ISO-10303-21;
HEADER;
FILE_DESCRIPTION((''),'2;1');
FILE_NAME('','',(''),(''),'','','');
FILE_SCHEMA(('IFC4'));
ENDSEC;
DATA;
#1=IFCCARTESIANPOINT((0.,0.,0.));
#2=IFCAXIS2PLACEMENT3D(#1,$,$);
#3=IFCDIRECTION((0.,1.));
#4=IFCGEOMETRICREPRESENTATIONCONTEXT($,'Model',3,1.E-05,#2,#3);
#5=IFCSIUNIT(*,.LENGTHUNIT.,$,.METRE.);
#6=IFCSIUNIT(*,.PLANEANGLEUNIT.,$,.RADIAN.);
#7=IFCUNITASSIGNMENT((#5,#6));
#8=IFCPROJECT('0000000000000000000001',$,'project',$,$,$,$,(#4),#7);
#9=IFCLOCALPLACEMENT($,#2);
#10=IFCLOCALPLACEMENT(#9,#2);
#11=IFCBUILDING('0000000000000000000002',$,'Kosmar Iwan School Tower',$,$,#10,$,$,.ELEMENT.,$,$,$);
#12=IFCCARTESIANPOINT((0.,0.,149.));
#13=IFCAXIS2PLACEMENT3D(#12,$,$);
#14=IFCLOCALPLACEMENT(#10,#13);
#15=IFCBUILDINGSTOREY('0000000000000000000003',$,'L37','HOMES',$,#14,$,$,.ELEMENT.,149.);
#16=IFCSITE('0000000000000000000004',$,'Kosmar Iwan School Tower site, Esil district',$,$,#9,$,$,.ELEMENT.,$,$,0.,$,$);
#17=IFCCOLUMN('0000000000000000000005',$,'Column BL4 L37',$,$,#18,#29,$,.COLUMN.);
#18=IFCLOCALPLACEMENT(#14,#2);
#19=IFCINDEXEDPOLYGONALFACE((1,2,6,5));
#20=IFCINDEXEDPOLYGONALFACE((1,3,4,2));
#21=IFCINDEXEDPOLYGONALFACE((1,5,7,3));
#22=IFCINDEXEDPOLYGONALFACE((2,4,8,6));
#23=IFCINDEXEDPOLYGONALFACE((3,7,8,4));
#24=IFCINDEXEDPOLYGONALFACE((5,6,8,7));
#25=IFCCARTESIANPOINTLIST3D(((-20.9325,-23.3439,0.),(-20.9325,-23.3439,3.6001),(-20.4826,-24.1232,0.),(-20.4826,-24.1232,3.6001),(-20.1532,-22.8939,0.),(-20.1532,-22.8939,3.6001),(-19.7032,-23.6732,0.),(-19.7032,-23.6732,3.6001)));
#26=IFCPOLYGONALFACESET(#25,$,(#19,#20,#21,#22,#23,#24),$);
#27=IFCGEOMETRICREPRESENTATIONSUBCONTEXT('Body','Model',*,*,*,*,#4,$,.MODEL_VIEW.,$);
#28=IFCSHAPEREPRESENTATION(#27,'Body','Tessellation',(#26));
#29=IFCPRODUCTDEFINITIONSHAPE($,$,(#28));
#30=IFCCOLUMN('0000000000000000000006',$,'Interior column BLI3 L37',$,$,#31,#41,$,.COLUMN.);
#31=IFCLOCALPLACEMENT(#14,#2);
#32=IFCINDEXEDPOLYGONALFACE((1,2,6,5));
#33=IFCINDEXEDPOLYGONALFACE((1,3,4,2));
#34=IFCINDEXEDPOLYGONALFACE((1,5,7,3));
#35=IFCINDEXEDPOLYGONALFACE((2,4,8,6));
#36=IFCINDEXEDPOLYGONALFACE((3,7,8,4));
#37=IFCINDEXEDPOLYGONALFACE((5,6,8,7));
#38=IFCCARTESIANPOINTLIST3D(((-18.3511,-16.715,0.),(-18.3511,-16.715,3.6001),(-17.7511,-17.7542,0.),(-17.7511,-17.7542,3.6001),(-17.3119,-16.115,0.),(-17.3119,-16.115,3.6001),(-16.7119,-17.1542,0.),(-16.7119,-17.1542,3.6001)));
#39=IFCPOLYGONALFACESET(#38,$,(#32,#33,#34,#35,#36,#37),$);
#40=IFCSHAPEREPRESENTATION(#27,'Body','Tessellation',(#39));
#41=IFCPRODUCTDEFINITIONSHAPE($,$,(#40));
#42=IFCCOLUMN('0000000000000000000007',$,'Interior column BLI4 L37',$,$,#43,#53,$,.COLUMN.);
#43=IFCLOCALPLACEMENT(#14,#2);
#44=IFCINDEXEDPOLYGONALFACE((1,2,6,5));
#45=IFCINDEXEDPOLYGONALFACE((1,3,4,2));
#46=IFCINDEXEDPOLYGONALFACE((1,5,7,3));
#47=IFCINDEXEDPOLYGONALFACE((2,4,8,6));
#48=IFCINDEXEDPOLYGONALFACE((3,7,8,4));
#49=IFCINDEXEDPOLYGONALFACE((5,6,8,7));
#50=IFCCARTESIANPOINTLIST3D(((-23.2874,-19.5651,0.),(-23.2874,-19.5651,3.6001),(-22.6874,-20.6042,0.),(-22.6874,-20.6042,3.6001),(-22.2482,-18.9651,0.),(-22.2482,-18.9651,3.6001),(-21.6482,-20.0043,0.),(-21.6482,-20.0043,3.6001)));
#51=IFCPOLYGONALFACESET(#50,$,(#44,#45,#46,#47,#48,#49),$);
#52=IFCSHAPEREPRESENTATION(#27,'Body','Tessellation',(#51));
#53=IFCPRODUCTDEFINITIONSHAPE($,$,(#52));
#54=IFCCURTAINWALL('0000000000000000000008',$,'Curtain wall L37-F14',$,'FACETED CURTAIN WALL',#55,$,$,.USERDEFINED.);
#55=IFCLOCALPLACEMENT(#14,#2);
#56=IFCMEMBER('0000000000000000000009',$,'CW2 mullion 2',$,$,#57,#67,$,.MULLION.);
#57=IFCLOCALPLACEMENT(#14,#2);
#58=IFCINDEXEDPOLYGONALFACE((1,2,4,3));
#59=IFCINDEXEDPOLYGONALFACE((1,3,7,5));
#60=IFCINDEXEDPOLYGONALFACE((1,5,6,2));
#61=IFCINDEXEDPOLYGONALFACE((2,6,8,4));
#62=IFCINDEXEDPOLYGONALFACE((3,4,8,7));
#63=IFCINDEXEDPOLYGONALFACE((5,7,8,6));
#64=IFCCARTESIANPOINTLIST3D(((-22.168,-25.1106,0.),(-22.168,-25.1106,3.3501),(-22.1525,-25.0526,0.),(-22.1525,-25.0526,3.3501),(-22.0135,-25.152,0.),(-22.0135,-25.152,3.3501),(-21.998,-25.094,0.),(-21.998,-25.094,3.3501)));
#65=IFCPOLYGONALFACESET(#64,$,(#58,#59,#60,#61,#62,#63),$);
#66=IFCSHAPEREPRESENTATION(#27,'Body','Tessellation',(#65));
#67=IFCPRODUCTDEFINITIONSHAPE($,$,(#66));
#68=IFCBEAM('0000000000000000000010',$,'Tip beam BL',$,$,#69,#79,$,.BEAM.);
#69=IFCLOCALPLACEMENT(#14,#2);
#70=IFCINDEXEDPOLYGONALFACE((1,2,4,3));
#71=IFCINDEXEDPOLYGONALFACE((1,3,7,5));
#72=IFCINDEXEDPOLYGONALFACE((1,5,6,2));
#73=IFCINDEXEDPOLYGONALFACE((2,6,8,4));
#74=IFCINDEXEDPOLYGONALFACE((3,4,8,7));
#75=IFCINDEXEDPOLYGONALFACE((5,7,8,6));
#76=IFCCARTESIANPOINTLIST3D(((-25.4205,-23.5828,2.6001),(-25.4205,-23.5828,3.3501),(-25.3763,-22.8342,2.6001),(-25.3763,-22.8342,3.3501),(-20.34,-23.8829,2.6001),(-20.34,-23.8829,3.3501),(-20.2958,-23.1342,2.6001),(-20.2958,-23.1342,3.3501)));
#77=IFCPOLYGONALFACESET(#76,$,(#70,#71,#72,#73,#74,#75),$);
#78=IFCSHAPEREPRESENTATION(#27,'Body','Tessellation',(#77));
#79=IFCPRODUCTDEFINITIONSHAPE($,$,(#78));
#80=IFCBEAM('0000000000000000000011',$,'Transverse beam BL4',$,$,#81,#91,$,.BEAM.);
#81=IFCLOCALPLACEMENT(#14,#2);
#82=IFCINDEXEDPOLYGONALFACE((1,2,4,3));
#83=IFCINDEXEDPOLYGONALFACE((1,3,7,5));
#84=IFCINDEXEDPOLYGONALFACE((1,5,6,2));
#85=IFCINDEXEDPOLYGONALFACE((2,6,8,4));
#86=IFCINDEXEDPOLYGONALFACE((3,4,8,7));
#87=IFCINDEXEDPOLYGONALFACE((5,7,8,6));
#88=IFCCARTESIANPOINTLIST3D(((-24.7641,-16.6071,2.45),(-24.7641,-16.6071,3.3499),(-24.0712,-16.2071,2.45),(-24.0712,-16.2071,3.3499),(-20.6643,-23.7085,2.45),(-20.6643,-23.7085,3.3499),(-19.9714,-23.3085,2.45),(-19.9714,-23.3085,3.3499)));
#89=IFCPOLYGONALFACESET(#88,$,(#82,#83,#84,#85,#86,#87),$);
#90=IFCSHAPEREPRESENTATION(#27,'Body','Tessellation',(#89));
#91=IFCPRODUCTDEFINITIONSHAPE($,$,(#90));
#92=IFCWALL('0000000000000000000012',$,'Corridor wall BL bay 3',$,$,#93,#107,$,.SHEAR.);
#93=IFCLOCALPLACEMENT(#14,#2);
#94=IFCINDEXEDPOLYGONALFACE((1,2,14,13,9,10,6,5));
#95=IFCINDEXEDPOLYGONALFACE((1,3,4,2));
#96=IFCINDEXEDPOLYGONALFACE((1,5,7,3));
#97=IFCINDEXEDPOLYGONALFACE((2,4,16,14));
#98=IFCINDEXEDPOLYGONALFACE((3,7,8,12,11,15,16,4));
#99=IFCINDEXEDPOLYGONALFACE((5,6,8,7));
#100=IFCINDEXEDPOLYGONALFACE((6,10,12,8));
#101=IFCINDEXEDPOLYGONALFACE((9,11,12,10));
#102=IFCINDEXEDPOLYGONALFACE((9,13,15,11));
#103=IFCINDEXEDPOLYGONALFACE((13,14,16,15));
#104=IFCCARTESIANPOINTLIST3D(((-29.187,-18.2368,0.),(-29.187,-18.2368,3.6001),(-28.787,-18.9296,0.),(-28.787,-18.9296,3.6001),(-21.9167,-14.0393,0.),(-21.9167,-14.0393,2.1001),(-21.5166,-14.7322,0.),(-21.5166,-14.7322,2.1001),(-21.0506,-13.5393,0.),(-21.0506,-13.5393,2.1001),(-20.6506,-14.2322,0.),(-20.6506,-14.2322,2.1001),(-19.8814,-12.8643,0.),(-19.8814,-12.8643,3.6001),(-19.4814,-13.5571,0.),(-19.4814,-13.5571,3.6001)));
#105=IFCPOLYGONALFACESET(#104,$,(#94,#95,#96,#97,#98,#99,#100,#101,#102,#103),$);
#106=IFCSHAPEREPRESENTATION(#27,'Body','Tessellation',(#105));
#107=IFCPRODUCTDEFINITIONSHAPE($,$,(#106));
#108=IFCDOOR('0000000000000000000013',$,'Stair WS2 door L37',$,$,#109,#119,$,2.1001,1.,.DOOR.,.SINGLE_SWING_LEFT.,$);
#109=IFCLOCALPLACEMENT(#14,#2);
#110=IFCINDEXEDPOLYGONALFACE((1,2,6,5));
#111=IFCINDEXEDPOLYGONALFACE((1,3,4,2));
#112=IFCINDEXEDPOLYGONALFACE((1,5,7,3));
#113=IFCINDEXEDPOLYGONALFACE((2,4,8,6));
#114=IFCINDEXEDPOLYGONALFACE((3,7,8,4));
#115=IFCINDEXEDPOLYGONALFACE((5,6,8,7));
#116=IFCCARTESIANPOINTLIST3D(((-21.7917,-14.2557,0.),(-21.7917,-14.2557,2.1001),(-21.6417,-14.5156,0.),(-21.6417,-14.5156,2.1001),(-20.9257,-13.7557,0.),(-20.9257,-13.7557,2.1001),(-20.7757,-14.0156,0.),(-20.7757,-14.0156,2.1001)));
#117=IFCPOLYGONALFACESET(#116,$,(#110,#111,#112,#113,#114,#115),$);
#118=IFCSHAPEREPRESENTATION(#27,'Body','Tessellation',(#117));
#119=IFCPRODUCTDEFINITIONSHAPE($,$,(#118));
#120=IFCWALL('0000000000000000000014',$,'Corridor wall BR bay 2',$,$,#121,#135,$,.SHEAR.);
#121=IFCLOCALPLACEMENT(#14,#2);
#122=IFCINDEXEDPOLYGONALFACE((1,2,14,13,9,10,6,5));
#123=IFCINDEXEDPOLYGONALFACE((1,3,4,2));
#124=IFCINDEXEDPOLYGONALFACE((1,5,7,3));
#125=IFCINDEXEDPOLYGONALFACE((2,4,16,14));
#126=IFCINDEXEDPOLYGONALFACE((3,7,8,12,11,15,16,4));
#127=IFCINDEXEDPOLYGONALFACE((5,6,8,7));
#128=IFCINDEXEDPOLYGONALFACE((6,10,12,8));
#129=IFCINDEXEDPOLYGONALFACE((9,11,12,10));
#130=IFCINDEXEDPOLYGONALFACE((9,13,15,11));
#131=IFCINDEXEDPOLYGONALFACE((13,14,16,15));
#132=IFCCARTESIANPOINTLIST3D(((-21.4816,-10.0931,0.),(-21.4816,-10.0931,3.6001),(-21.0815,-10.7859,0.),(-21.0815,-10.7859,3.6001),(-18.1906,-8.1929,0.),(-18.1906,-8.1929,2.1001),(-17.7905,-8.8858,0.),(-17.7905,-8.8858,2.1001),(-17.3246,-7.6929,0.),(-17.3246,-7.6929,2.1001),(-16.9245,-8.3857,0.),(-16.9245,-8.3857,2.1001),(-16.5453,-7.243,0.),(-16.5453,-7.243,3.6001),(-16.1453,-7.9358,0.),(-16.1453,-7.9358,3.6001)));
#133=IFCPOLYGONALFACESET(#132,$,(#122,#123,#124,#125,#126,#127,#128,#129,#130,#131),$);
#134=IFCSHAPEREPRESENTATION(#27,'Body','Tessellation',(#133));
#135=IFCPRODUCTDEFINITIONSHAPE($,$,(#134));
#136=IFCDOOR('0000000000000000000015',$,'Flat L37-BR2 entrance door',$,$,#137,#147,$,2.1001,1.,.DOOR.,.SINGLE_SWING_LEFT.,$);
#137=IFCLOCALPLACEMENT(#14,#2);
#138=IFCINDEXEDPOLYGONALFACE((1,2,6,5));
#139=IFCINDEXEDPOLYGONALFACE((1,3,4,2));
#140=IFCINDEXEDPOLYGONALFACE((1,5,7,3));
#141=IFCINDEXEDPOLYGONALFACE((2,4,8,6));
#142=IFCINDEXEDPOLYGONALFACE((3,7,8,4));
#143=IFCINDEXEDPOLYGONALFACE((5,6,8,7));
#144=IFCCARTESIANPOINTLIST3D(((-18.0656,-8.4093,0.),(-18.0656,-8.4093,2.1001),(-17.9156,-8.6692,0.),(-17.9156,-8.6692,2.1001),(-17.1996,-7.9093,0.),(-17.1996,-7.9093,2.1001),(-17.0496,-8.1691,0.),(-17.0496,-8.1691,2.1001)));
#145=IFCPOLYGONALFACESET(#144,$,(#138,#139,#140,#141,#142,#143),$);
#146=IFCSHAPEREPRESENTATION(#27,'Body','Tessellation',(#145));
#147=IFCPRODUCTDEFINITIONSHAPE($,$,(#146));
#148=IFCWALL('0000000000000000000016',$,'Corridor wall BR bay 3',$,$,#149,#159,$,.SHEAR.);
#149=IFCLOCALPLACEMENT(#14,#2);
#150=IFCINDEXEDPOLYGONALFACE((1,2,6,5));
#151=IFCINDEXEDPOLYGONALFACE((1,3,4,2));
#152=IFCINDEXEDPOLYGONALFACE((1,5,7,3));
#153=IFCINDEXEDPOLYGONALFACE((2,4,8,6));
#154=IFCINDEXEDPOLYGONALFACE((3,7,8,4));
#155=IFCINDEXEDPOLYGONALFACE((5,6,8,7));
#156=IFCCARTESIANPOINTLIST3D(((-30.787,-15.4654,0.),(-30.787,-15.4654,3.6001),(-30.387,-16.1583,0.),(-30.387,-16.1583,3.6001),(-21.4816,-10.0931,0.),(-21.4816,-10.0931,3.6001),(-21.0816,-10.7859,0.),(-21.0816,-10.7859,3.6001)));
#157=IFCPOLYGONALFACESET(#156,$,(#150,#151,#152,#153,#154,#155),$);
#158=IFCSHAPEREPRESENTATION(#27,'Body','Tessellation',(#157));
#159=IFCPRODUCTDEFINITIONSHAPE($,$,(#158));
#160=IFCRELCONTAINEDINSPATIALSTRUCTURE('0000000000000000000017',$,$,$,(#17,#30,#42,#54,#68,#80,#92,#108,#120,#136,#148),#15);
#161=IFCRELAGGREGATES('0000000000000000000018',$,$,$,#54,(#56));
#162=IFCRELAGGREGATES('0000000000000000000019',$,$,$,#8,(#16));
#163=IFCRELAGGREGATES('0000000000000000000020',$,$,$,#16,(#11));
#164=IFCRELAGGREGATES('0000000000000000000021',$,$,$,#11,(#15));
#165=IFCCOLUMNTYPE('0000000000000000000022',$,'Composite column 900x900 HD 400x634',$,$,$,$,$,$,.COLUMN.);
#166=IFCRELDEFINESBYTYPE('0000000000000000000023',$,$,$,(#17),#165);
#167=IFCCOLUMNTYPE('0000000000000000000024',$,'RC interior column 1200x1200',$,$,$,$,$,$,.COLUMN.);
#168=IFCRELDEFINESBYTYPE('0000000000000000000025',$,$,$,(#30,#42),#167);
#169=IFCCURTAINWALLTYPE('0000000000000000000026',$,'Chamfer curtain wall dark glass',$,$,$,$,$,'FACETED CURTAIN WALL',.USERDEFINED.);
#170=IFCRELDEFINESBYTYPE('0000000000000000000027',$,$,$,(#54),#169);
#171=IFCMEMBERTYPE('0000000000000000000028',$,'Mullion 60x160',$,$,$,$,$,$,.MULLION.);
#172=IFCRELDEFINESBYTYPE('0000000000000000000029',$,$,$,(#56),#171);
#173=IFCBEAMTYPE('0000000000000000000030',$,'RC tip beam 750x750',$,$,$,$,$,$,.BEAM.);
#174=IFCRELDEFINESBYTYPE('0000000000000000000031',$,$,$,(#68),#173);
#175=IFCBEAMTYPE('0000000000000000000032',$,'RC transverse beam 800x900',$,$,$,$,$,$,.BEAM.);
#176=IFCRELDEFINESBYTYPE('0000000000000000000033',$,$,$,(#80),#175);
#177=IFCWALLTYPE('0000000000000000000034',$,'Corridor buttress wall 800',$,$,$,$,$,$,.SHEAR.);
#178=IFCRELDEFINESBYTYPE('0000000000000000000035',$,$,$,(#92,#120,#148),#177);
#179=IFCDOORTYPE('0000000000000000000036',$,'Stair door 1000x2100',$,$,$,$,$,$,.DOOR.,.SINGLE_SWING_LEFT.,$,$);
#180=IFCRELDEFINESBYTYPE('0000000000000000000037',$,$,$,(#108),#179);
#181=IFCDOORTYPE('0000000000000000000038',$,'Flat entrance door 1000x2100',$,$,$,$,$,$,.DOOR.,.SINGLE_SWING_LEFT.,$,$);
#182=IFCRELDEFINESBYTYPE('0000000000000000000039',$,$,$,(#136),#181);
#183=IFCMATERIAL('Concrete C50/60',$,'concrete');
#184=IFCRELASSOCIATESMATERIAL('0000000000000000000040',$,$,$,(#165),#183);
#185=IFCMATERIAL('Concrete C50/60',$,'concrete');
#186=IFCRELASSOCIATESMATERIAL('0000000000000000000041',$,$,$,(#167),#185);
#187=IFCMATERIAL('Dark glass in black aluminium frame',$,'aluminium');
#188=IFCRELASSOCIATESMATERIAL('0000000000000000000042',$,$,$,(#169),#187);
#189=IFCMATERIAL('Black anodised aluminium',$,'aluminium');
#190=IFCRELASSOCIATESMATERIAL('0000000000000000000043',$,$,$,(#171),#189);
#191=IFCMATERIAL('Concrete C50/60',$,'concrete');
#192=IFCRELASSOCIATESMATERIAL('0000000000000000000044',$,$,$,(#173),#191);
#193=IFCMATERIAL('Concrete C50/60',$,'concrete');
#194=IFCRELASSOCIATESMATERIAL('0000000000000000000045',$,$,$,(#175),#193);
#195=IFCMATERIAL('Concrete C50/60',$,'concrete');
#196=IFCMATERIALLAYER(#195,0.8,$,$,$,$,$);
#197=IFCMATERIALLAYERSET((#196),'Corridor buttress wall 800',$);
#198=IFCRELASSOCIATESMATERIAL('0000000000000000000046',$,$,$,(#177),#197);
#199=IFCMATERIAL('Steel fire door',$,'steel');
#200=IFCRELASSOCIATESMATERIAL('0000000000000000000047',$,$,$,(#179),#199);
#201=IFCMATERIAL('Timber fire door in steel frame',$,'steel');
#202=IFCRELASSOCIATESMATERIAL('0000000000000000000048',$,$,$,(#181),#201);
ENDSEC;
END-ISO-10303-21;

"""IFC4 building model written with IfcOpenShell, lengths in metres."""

from ifc_helpers import new_model, si_unit, direction, frame, frame_2d, origin, origin_2d, place, context, subcontext, project, spatial, rectangle, extrude, material, layer, layer_set, material_profile, profile_set, type_object, element, fill, aggregate, save


model = new_model("IFC4")

# Units and contexts
model_context = context("Model", 3, precision=1e-05, world=origin(), true_north=direction((0.0, 1.0)))
body_context = subcontext(model_context, "Body", "Model", "MODEL_VIEW")
ifc_project = project(units=[si_unit("LENGTHUNIT", "METRE"), si_unit("PLANEANGLEUNIT", "RADIAN")], contexts=[model_context])

# Site, building, storey
site_placement = place(None, origin())
site = spatial("IfcSite", under=ifc_project, at=site_placement, Name="Kosmar Iwan School Tower site, Esil district", CompositionType="ELEMENT", RefElevation=0.0)
building_placement = place(site_placement, origin())
building = spatial("IfcBuilding", under=site, at=building_placement, Name="Kosmar Iwan School Tower", CompositionType="ELEMENT")
storey_placement = place(building_placement, frame((0.0, 0.0, 149.0)))
storey = spatial("IfcBuildingStorey", under=building, at=storey_placement, Name="L37", Description="HOMES", CompositionType="ELEMENT", Elevation=149.0)

# Columns
ifc_material_1 = material(Name="Concrete C50/60", Category="concrete")
ifc_material_profile_1 = material_profile(ifc_material_1, rectangle(XDim=0.8999, YDim=0.8999, at=origin_2d()), Name="RC 900x900 + HD 400x634")
ifc_profile_set_1 = profile_set([ifc_material_profile_1], Name="Concrete C50/60")
column_type_1 = type_object("IfcColumnType", Name="Composite column 900x900 HD 400x634", PredefinedType="COLUMN", material=ifc_profile_set_1)
column_placement = place(storey_placement, frame((-20.3179, -23.5085, 0.0), z_axis=(0.0, 0.0, 1.0), x_axis=(-0.866025, -0.5, 0.0)))
element("IfcColumn", 1, at=column_placement, inside=storey, type_object=column_type_1, Name="Column BL4 L37", PredefinedType="COLUMN", context=body_context, shape_type="SweptSolid", body=[
    extrude(rectangle(XDim=0.8999, YDim=0.8999, at=origin_2d()), origin(), (0.0, 0.0, 1.0), 3.6001),
])
ifc_material_2 = material(Name="Concrete C50/60", Category="concrete")
ifc_material_profile_2 = material_profile(ifc_material_2, rectangle(XDim=1.2, YDim=1.2, at=origin_2d()), Name="RC 1200x1200")
ifc_profile_set_2 = profile_set([ifc_material_profile_2], Name="Concrete C50/60")
column_type_2 = type_object("IfcColumnType", Name="RC interior column 1200x1200", PredefinedType="COLUMN", material=ifc_profile_set_2)
for number, where, z_axis, x_axis, name in (
    (2, (-17.5315, -16.9346, 0.0), (0.0, 0.0, 1.0), (-0.866025, -0.5, 0.0), "Interior column BLI3 L37"),
    (3, (-22.4678, -19.7847, 0.0), (0.0, 0.0, 1.0), (-0.866025, -0.5, 0.0), "Interior column BLI4 L37"),
):
    element("IfcColumn", number, at=place(storey_placement, frame(where, z_axis=z_axis, x_axis=x_axis)), inside=storey, type_object=column_type_2, Name=name, PredefinedType="COLUMN", context=body_context, shape_type="SweptSolid", body=[
        extrude(rectangle(XDim=1.2, YDim=1.2, at=origin_2d()), origin(), (0.0, 0.0, 1.0), 3.6001),
    ])

# Curtain wall, member
ifc_material_3 = material(Name="Dark glass in black aluminium frame", Category="aluminium")
curtain_wall_type = type_object("IfcCurtainWallType", Name="Chamfer curtain wall dark glass", ElementType="FACETED CURTAIN WALL", PredefinedType="USERDEFINED", material=ifc_material_3)
curtain_wall_placement = place(storey_placement, origin())
curtain_wall = element("IfcCurtainWall", 4, at=curtain_wall_placement, inside=storey, type_object=curtain_wall_type, Name="Curtain wall L37-F14", ObjectType="FACETED CURTAIN WALL", PredefinedType="USERDEFINED")
ifc_material_4 = material(Name="Black anodised aluminium", Category="aluminium")
ifc_material_profile_3 = material_profile(ifc_material_4, rectangle(XDim=0.0601, YDim=0.1599, at=origin_2d()), Name="MULLION 60x160")
ifc_profile_set_3 = profile_set([ifc_material_profile_3], Name="Black anodised aluminium")
member_type = type_object("IfcMemberType", Name="Mullion 60x160", PredefinedType="MULLION", material=ifc_profile_set_3)
member_placement = place(storey_placement, frame((-22.083, -25.1023, 0.0), z_axis=(0.0, 0.0, 1.0), x_axis=(0.258819, 0.965926, 0.0)))
member = element("IfcMember", 5, at=member_placement, type_object=member_type, Name="CW2 mullion 2", PredefinedType="MULLION", context=body_context, shape_type="SweptSolid", body=[
    extrude(rectangle(XDim=0.0601, YDim=0.1599, at=origin_2d()), origin(), (0.0, 0.0, 1.0), 3.3501),
])
aggregate(curtain_wall, [member])

# Beams
ifc_material_5 = material(Name="Concrete C50/60", Category="concrete")
ifc_material_profile_4 = material_profile(ifc_material_5, rectangle(XDim=0.75, YDim=0.75, at=origin_2d()), Name="RC 750x750")
ifc_profile_set_4 = profile_set([ifc_material_profile_4], Name="Concrete C50/60")
beam_type_1 = type_object("IfcBeamType", Name="RC tip beam 750x750", PredefinedType="BEAM", material=ifc_profile_set_4)
beam_1_placement = place(storey_placement, frame((-20.3179, -23.5085, 2.9751), z_axis=(-0.998261, 0.058955, 0.0), x_axis=(-0.058955, -0.998261, 0.0)))
element("IfcBeam", 6, at=beam_1_placement, inside=storey, type_object=beam_type_1, Name="Tip beam BL", PredefinedType="BEAM", context=body_context, shape_type="SweptSolid", body=[
    extrude(rectangle(XDim=0.75, YDim=0.75, at=origin_2d()), origin(), (0.0, 0.0, 1.0), 5.0894),
])
ifc_material_6 = material(Name="Concrete C50/60", Category="concrete")
ifc_material_profile_5 = material_profile(ifc_material_6, rectangle(XDim=0.8, YDim=0.8999, at=origin_2d()), Name="RC 800x900")
ifc_profile_set_5 = profile_set([ifc_material_profile_5], Name="Concrete C50/60")
beam_type_2 = type_object("IfcBeamType", Name="RC transverse beam 800x900", PredefinedType="BEAM", material=ifc_profile_set_5)
beam_2_placement = place(storey_placement, frame((-20.3179, -23.5085, 2.8999), z_axis=(-0.499978, 0.866038, 0.0), x_axis=(-0.866038, -0.499978, 0.0)))
element("IfcBeam", 7, at=beam_2_placement, inside=storey, type_object=beam_type_2, Name="Transverse beam BL4", PredefinedType="BEAM", context=body_context, shape_type="SweptSolid", body=[
    extrude(rectangle(XDim=0.8, YDim=0.8999, at=origin_2d()), origin(), (0.0, 0.0, 1.0), 8.2),
])

# Walls, openings, doors
ifc_material_7 = material(Name="Concrete C50/60", Category="concrete")
ifc_layer_1 = layer(ifc_material_7, 0.8)
ifc_layer_set_1 = layer_set([ifc_layer_1], Name="Corridor buttress wall 800")
wall_type_1 = type_object("IfcWallType", Name="Corridor buttress wall 800", PredefinedType="SHEAR", material=ifc_layer_set_1)
wall_1_placement = place(storey_placement, frame((-19.6814, -13.2107, 0.0), z_axis=(0.0, 0.0, 1.0), x_axis=(-0.866028, -0.499995, 0.0)))
wall_1 = element("IfcWall", 8, at=wall_1_placement, inside=storey, type_object=wall_type_1, Name="Corridor wall BL bay 3", PredefinedType="SHEAR", context=body_context, shape_type="SweptSolid", body=[
    extrude(rectangle(XDim=10.7451, YDim=0.8, at=frame_2d((5.3726, 0.0))), origin(), (0.0, 0.0, 1.0), 3.6001),
])
opening_1_placement = place(wall_1_placement, frame((1.3501, 0.0, 0.0)))
opening_1 = element("IfcOpeningElement", 9, at=opening_1_placement, cuts=wall_1, PredefinedType="OPENING", context=body_context, shape_type="SweptSolid", body=[
    extrude(rectangle(XDim=1.0, YDim=2.1001, at=frame_2d((0.5, 1.05))), frame((0.0, 0.4121, 0.0), z_axis=(0.0, -1.0, 0.0), x_axis=(1.0, 0.0, 0.0)), (0.0, 0.0, 1.0), 0.824),
])
ifc_material_8 = material(Name="Steel fire door", Category="steel")
door_type_1 = type_object("IfcDoorType", Name="Stair door 1000x2100", OperationType="SINGLE_SWING_LEFT", PredefinedType="DOOR", material=ifc_material_8)
door_1_placement = place(opening_1_placement, origin())
door_1 = element("IfcDoor", 10, at=door_1_placement, inside=storey, type_object=door_type_1, Name="Stair WS2 door L37", OperationType="SINGLE_SWING_LEFT", OverallHeight=2.1001, OverallWidth=1.0, PredefinedType="DOOR", context=body_context, shape_type="SweptSolid", body=[
    extrude(rectangle(XDim=1.0, YDim=2.1001, at=frame_2d((0.5, 1.05))), frame((0.0, 0.1499, 0.0), z_axis=(0.0, -1.0, 0.0), x_axis=(1.0, 0.0, 0.0)), (0.0, 0.0, 1.0), 0.3),
])
fill(opening_1, door_1)
wall_2_placement = place(storey_placement, frame((-16.3452, -7.5894, 0.0), z_axis=(0.0, 0.0, 1.0), x_axis=(-0.866015, -0.500018, 0.0)))
wall_2 = element("IfcWall", 11, at=wall_2_placement, inside=storey, type_object=wall_type_1, Name="Corridor wall BR bay 2", PredefinedType="SHEAR", context=body_context, shape_type="SweptSolid", body=[
    extrude(rectangle(XDim=5.7, YDim=0.8, at=frame_2d((2.8501, 0.0))), origin(), (0.0, 0.0, 1.0), 3.6001),
])
opening_2_placement = place(wall_2_placement, frame((0.8999, 0.0, 0.0)))
opening_2 = element("IfcOpeningElement", 12, at=opening_2_placement, cuts=wall_2, PredefinedType="OPENING", context=body_context, shape_type="SweptSolid", body=[
    extrude(rectangle(XDim=1.0, YDim=2.1001, at=frame_2d((0.5, 1.05))), frame((0.0, 0.4121, 0.0), z_axis=(0.0, -1.0, 0.0), x_axis=(1.0, 0.0, 0.0)), (0.0, 0.0, 1.0), 0.824),
])
ifc_material_9 = material(Name="Timber fire door in steel frame", Category="steel")
door_type_2 = type_object("IfcDoorType", Name="Flat entrance door 1000x2100", OperationType="SINGLE_SWING_LEFT", PredefinedType="DOOR", material=ifc_material_9)
door_2_placement = place(opening_2_placement, origin())
door_2 = element("IfcDoor", 13, at=door_2_placement, inside=storey, type_object=door_type_2, Name="Flat L37-BR2 entrance door", OperationType="SINGLE_SWING_LEFT", OverallHeight=2.1001, OverallWidth=1.0, PredefinedType="DOOR", context=body_context, shape_type="SweptSolid", body=[
    extrude(rectangle(XDim=1.0, YDim=2.1001, at=frame_2d((0.5, 1.05))), frame((0.0, 0.1499, 0.0), z_axis=(0.0, -1.0, 0.0), x_axis=(1.0, 0.0, 0.0)), (0.0, 0.0, 1.0), 0.3),
])
fill(opening_2, door_2)

# Wall
wall_3_placement = place(storey_placement, frame((-21.2815, -10.4395, 0.0), z_axis=(0.0, 0.0, 1.0), x_axis=(-0.866032, -0.499988, 0.0)))
element("IfcWall", 14, at=wall_3_placement, inside=storey, type_object=wall_type_1, Name="Corridor wall BR bay 3", PredefinedType="SHEAR", context=body_context, shape_type="SweptSolid", body=[
    extrude(rectangle(XDim=10.7449, YDim=0.8, at=frame_2d((5.3726, 0.0))), origin(), (0.0, 0.0, 1.0), 3.6001),
])

save(model, "model.ifc")
